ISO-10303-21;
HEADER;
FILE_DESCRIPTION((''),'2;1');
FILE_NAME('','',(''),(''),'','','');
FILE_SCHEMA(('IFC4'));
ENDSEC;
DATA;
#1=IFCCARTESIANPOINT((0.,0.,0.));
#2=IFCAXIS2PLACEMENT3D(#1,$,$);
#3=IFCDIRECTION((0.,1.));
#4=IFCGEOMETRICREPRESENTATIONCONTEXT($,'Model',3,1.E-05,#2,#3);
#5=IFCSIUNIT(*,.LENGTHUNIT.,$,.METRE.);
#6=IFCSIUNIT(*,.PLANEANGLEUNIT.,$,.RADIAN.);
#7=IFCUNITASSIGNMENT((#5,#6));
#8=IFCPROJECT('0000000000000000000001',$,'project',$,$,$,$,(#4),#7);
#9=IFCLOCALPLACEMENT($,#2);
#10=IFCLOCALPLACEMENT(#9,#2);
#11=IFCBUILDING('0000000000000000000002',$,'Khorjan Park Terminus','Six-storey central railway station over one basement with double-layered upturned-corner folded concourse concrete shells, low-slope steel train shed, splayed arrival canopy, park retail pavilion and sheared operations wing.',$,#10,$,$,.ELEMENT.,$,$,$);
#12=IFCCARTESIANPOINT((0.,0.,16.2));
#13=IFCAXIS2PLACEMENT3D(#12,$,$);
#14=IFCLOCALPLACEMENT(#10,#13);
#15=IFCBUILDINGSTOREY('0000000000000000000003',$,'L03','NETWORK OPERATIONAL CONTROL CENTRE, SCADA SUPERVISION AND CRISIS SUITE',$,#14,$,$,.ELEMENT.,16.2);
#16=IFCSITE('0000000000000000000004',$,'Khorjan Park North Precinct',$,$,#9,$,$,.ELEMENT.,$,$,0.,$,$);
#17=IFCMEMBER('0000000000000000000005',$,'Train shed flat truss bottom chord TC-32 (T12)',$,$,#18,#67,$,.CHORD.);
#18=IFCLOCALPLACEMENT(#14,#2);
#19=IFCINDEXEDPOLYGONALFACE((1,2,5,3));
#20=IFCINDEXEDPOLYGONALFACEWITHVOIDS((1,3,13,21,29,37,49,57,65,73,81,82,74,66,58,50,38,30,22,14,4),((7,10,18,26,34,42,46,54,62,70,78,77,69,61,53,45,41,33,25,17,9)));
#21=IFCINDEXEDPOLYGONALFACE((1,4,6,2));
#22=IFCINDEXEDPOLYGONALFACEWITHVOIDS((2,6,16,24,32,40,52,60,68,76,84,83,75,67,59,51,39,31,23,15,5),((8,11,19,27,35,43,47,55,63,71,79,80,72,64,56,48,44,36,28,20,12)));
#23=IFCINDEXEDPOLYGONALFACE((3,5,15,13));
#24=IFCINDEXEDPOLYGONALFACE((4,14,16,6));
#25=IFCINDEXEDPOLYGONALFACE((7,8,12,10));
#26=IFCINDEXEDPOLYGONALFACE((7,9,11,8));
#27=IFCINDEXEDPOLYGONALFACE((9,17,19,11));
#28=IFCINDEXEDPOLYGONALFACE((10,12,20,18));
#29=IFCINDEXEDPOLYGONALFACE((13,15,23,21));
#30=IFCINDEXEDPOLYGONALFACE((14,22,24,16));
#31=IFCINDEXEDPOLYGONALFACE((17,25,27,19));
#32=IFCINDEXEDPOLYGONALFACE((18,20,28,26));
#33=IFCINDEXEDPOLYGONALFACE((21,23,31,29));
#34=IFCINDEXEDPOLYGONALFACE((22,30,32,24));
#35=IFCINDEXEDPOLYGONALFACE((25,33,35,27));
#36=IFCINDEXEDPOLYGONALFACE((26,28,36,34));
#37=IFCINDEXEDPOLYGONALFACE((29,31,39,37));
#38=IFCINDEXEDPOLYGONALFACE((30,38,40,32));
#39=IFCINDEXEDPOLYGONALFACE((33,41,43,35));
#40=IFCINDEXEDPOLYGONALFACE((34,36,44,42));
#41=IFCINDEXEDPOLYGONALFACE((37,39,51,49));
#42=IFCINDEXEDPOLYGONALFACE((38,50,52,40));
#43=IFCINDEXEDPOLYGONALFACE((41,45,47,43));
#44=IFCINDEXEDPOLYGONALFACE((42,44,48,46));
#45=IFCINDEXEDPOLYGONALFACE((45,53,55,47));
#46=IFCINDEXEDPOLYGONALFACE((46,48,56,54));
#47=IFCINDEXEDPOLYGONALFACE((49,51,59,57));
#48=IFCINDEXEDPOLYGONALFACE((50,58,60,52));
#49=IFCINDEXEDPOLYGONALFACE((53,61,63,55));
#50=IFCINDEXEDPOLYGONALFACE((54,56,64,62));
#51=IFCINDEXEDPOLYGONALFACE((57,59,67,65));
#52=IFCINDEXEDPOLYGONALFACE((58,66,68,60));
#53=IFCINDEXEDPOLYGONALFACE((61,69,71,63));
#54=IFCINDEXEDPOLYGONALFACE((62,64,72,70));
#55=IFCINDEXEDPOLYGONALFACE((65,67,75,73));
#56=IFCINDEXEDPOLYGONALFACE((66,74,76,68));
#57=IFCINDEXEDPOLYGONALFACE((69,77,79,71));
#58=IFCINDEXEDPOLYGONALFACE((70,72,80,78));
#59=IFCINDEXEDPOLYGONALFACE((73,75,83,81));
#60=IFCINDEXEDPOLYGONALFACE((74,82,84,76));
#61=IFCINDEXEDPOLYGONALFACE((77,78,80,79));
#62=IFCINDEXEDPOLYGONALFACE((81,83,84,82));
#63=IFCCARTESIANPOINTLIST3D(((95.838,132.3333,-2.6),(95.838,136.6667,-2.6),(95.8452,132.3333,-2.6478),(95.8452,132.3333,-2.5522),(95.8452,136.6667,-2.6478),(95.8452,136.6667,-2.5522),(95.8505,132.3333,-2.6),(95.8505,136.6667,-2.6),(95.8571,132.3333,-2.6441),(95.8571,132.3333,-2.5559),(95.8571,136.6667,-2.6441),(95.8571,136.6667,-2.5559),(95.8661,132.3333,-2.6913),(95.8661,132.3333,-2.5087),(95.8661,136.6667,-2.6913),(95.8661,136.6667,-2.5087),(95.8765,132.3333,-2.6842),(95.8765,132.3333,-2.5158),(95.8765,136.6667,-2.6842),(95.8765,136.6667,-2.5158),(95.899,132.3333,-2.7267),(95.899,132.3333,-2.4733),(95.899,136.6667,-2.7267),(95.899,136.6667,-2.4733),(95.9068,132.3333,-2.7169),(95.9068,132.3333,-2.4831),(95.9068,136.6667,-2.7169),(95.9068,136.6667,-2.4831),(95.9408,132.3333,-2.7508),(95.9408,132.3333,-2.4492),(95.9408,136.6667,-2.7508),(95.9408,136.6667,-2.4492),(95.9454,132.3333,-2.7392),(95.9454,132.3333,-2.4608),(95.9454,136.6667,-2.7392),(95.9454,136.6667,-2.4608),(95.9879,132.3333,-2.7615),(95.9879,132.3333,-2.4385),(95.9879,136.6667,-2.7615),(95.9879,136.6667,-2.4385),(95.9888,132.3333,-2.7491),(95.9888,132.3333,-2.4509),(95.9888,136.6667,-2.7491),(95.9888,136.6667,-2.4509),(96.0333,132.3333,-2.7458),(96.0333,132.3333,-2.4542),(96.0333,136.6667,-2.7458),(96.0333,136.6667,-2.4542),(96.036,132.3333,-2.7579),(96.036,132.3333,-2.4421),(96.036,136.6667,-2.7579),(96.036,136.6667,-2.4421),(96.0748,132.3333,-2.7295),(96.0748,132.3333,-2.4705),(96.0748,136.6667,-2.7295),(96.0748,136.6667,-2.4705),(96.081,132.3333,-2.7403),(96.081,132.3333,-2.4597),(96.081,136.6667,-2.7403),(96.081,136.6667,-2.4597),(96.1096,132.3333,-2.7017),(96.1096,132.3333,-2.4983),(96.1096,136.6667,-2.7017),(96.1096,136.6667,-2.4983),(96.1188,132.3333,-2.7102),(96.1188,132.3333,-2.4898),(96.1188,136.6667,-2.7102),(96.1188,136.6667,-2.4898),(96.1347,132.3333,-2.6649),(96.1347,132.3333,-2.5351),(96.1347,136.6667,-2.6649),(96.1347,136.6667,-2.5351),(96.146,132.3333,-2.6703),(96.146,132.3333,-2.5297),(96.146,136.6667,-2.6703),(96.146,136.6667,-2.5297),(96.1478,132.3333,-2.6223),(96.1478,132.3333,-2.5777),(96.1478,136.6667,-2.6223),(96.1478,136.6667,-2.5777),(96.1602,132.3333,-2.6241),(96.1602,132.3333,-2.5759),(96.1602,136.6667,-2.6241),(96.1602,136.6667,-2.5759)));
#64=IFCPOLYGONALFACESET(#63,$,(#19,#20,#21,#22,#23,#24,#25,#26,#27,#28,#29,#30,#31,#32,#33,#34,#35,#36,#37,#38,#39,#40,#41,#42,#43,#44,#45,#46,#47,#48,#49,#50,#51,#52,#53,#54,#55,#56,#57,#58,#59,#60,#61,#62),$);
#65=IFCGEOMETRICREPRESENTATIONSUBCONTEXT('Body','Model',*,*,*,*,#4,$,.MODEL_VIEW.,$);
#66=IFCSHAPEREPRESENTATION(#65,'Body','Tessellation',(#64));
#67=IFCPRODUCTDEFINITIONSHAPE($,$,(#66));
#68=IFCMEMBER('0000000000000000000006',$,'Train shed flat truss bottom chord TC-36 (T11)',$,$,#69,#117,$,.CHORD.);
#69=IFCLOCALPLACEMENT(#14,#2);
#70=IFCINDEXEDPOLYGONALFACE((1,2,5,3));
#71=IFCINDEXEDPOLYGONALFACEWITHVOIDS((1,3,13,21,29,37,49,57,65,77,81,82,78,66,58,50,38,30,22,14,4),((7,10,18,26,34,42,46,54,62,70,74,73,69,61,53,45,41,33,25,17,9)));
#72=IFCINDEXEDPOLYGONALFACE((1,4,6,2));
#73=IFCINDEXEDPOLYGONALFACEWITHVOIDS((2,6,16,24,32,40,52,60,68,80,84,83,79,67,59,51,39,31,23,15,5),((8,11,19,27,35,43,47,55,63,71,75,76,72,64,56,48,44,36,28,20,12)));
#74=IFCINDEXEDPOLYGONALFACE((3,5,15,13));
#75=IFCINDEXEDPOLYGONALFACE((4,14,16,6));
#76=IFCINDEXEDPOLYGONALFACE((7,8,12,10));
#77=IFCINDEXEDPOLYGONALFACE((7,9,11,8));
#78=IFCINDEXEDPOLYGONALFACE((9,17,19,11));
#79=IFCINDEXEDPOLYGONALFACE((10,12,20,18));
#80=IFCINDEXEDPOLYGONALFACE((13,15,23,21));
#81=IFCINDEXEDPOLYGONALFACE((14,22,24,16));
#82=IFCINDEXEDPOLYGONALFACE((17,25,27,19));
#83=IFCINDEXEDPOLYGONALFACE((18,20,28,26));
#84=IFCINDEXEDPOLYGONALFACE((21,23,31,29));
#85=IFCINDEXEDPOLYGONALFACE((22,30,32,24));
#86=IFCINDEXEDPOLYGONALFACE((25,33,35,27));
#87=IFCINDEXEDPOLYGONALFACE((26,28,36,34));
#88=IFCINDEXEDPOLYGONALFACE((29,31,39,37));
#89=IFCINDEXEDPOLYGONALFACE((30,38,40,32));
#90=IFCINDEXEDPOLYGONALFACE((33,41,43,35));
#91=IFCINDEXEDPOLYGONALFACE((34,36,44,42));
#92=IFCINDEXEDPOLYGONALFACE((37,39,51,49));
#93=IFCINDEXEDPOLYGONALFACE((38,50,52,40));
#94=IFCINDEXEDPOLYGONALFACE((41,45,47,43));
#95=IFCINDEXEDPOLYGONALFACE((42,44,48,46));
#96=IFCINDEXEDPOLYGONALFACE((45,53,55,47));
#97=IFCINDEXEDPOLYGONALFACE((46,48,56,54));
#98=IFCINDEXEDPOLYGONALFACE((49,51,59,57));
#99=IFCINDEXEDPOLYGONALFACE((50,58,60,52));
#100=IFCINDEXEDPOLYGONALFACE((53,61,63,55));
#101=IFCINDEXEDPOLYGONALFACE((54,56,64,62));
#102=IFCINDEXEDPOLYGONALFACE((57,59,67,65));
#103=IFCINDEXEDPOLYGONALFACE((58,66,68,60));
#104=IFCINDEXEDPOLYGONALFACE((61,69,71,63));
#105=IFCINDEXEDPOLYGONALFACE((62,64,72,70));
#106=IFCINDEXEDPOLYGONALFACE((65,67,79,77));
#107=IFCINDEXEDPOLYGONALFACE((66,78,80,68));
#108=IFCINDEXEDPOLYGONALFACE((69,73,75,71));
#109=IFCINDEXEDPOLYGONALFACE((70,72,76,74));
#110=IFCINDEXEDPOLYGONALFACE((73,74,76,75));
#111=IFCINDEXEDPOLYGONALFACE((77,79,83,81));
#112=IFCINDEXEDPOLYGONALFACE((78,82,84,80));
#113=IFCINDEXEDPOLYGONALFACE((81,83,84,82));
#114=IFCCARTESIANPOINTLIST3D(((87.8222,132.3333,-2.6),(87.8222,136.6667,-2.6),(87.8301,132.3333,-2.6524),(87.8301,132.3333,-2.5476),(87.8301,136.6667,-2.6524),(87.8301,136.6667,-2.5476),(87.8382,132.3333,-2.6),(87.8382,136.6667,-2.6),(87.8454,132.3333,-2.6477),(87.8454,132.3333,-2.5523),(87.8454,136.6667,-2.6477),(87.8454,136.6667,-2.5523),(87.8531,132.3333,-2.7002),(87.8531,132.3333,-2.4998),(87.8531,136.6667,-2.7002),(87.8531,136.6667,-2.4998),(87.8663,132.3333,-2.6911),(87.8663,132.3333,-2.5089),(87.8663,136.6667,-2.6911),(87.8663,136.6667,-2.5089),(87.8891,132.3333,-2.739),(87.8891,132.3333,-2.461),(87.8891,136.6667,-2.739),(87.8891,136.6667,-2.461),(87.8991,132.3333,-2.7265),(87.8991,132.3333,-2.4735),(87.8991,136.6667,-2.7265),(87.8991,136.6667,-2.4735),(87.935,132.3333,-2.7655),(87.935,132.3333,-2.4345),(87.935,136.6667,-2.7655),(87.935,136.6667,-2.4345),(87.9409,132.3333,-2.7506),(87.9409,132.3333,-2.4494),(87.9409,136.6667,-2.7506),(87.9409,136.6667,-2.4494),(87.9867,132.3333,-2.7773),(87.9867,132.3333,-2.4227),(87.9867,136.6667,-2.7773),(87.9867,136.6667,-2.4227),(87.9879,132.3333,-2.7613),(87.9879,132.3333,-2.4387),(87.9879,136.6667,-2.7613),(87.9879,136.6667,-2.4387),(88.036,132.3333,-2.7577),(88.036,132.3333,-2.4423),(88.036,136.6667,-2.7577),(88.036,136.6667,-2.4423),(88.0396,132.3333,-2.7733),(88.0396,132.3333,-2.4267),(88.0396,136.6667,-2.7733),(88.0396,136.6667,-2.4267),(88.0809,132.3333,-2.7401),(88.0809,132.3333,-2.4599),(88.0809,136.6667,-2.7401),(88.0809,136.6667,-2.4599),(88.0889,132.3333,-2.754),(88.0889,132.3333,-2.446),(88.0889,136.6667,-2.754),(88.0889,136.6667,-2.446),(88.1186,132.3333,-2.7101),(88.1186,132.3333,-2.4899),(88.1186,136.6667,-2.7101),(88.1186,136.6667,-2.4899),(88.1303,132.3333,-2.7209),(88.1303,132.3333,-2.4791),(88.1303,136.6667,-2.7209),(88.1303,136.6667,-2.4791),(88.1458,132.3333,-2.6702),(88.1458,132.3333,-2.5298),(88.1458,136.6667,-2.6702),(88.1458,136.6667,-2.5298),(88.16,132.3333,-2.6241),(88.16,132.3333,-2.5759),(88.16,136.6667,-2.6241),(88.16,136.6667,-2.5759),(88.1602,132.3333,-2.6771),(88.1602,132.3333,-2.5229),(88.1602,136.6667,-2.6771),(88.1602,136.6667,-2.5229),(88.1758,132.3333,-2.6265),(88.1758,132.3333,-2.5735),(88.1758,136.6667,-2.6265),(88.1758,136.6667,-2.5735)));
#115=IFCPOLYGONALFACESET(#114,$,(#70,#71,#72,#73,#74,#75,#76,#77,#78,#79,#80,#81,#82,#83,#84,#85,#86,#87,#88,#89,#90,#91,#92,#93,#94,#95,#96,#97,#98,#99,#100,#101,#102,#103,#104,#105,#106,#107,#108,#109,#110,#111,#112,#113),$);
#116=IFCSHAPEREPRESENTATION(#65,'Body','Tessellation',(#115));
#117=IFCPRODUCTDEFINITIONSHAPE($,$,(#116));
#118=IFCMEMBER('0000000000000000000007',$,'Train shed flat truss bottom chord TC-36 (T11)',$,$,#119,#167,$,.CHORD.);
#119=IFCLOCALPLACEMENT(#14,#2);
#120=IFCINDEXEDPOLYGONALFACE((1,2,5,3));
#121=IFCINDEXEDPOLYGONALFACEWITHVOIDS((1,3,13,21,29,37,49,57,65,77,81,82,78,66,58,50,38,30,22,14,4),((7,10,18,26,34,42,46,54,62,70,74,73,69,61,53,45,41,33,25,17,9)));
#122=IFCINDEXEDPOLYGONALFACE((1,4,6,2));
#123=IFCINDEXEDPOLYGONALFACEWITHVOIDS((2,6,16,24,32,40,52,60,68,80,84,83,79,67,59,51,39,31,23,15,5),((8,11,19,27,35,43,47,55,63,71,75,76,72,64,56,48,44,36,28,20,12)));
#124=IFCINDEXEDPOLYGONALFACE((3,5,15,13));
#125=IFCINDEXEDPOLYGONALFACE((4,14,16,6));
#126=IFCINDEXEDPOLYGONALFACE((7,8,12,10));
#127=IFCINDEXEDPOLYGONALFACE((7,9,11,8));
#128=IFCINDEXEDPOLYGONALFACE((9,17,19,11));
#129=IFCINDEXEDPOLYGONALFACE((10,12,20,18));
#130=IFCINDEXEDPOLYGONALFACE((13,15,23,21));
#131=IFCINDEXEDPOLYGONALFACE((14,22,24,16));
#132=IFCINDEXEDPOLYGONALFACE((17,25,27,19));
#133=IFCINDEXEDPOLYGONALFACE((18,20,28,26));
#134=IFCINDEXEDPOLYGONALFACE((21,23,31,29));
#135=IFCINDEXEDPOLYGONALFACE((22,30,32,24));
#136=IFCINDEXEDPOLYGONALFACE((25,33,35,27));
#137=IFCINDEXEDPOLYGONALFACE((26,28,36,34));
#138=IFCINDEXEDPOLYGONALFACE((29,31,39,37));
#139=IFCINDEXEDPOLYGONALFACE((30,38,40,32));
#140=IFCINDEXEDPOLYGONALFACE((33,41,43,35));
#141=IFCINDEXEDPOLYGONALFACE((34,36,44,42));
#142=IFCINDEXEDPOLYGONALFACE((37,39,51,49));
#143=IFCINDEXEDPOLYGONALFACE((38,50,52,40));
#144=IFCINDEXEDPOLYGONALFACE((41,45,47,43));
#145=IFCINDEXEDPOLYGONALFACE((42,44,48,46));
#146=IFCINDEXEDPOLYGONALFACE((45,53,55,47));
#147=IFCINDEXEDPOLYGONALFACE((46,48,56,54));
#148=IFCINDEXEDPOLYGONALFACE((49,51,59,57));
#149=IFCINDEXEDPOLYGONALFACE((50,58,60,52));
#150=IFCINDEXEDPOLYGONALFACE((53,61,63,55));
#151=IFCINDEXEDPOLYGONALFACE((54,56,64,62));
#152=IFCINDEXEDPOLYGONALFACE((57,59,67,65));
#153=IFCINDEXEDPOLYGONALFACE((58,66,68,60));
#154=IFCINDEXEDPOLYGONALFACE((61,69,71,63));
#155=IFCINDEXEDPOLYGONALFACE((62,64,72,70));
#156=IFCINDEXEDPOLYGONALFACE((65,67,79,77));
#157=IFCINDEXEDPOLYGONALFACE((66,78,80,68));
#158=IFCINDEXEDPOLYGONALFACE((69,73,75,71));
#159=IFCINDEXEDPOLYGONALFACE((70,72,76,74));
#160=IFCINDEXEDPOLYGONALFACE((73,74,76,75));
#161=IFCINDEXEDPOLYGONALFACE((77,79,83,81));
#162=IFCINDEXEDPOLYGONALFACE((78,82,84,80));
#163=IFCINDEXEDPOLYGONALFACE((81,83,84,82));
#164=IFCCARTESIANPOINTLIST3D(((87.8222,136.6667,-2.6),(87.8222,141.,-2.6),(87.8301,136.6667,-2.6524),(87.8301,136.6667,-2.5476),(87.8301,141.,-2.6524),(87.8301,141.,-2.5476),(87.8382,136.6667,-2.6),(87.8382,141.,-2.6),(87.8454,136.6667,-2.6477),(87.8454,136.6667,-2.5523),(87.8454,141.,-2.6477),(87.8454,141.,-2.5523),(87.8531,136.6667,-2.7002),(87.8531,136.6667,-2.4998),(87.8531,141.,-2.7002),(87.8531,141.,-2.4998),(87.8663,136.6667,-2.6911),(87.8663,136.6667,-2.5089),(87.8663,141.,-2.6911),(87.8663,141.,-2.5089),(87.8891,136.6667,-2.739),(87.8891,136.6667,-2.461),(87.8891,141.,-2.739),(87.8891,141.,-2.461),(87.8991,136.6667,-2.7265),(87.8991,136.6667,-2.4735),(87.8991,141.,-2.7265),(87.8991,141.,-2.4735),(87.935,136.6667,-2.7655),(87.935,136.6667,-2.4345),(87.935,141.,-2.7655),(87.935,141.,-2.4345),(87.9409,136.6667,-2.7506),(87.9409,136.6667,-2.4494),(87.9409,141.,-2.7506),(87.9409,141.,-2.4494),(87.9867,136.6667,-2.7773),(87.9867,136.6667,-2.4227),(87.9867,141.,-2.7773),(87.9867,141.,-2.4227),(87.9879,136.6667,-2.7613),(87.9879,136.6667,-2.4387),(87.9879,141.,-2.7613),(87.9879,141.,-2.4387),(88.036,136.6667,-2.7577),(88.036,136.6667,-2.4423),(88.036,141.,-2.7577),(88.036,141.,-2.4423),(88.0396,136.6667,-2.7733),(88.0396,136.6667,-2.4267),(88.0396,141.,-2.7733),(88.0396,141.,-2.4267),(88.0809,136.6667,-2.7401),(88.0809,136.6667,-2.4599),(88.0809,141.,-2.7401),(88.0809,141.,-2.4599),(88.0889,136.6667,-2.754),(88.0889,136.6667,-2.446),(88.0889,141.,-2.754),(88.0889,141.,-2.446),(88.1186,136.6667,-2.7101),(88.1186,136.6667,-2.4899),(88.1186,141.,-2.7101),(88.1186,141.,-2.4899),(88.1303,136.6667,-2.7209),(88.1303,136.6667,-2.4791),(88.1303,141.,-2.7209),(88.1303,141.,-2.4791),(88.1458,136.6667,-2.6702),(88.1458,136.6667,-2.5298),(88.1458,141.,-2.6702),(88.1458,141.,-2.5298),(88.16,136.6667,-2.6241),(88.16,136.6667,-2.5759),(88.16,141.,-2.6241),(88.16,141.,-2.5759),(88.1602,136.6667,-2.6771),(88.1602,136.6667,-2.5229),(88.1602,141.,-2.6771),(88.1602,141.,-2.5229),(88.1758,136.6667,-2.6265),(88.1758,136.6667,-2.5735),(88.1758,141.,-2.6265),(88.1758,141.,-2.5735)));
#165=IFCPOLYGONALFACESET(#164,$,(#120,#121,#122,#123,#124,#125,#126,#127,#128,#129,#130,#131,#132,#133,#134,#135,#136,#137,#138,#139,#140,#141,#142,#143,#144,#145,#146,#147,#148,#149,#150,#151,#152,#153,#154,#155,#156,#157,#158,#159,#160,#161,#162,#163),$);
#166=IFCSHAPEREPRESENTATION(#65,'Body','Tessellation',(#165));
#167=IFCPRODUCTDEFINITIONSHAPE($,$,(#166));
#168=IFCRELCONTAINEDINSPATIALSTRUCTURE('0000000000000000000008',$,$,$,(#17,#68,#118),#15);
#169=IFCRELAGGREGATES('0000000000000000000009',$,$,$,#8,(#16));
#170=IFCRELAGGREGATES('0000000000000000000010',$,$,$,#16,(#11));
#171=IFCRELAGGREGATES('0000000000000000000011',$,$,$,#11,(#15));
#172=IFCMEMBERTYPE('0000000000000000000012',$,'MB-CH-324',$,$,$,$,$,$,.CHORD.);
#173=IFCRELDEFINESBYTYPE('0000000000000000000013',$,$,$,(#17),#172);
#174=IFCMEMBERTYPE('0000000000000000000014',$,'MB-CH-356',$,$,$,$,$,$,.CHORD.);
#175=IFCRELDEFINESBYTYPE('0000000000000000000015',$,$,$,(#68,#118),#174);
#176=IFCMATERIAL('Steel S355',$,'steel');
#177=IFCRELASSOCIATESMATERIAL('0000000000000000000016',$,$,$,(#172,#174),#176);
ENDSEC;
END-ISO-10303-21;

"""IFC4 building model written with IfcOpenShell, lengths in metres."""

from ifc_helpers import new_model, si_unit, direction, frame, origin, origin_2d, place, context, subcontext, project, spatial, hollow_circle, extrude, material, material_profile, profile_set, type_object, element, save


model = new_model("IFC4")

# Units and contexts
model_context = context("Model", 3, precision=1e-05, world=origin(), true_north=direction((0.0, 1.0)))
body_context = subcontext(model_context, "Body", "Model", "MODEL_VIEW")
ifc_project = project(units=[si_unit("LENGTHUNIT", "METRE"), si_unit("PLANEANGLEUNIT", "RADIAN")], contexts=[model_context])

# Site, building, storey
site_placement = place(None, origin())
site = spatial("IfcSite", under=ifc_project, at=site_placement, Name="Khorjan Park North Precinct", CompositionType="ELEMENT", RefElevation=0.0)
building_placement = place(site_placement, origin())
building = spatial("IfcBuilding", under=site, at=building_placement, Name="Khorjan Park Terminus", Description="Six-storey central railway station over one basement with double-layered upturned-corner folded concourse concrete shells, low-slope steel train shed, splayed arrival canopy, park retail pavilion and sheared operations wing.", CompositionType="ELEMENT")
storey_placement = place(building_placement, frame((0.0, 0.0, 16.2)))
storey = spatial("IfcBuildingStorey", under=building, at=storey_placement, Name="L03", Description="NETWORK OPERATIONAL CONTROL CENTRE, SCADA SUPERVISION AND CRISIS SUITE", CompositionType="ELEMENT", Elevation=16.2)

# Members
ifc_material_1 = material(Name="Steel S355", Category="steel")
ifc_material_profile_1 = material_profile(ifc_material_1, hollow_circle(Radius=0.162, WallThickness=0.0125, at=origin_2d()), Name="CHS 323.9x12.5")
ifc_profile_set_1 = profile_set([ifc_material_profile_1], Name="Steel S355")
member_type_1 = type_object("IfcMemberType", Name="MB-CH-324", PredefinedType="CHORD", material=ifc_profile_set_1)
member_1_placement = place(storey_placement, frame((96.0, 132.3333, -2.6), z_axis=(0.0, 1.0, 0.0), x_axis=(-1.0, 0.0, 0.0)))
element("IfcMember", 1, at=member_1_placement, inside=storey, type_object=member_type_1, Name="Train shed flat truss bottom chord TC-32 (T12)", PredefinedType="CHORD", context=body_context, shape_type="SweptSolid", body=[
    extrude(hollow_circle(Radius=0.162, WallThickness=0.0125, at=origin_2d()), origin(), (0.0, 0.0, 1.0), 4.3334),
])
ifc_material_profile_2 = material_profile(ifc_material_1, hollow_circle(Radius=0.1778, WallThickness=0.016, at=origin_2d()), Name="CHS 355.6x16")
ifc_profile_set_2 = profile_set([ifc_material_profile_2], Name="Steel S355")
member_type_2 = type_object("IfcMemberType", Name="MB-CH-356", PredefinedType="CHORD", material=ifc_profile_set_2)
member_2_placement = place(storey_placement, frame((88.0, 132.3333, -2.6), z_axis=(0.0, 1.0, 0.0), x_axis=(-1.0, 0.0, 0.0)))
element("IfcMember", 2, at=member_2_placement, inside=storey, type_object=member_type_2, Name="Train shed flat truss bottom chord TC-36 (T11)", PredefinedType="CHORD", context=body_context, shape_type="SweptSolid", body=[
    extrude(hollow_circle(Radius=0.1778, WallThickness=0.016, at=origin_2d()), origin(), (0.0, 0.0, 1.0), 4.3334),
])
for number, where, z_axis, x_axis, name in (
    (3, (88.0, 136.6667, -2.6), (0.0, 1.0, 0.0), (-1.0, 0.0, 0.0), "Train shed flat truss bottom chord TC-36 (T11)"),
):
    element("IfcMember", number, at=place(storey_placement, frame(where, z_axis=z_axis, x_axis=x_axis)), inside=storey, type_object=member_type_2, Name=name, PredefinedType="CHORD", context=body_context, shape_type="SweptSolid", body=[
        extrude(hollow_circle(Radius=0.1778, WallThickness=0.016, at=origin_2d()), origin(), (0.0, 0.0, 1.0), 4.3333),
    ])

save(model, "model.ifc")
